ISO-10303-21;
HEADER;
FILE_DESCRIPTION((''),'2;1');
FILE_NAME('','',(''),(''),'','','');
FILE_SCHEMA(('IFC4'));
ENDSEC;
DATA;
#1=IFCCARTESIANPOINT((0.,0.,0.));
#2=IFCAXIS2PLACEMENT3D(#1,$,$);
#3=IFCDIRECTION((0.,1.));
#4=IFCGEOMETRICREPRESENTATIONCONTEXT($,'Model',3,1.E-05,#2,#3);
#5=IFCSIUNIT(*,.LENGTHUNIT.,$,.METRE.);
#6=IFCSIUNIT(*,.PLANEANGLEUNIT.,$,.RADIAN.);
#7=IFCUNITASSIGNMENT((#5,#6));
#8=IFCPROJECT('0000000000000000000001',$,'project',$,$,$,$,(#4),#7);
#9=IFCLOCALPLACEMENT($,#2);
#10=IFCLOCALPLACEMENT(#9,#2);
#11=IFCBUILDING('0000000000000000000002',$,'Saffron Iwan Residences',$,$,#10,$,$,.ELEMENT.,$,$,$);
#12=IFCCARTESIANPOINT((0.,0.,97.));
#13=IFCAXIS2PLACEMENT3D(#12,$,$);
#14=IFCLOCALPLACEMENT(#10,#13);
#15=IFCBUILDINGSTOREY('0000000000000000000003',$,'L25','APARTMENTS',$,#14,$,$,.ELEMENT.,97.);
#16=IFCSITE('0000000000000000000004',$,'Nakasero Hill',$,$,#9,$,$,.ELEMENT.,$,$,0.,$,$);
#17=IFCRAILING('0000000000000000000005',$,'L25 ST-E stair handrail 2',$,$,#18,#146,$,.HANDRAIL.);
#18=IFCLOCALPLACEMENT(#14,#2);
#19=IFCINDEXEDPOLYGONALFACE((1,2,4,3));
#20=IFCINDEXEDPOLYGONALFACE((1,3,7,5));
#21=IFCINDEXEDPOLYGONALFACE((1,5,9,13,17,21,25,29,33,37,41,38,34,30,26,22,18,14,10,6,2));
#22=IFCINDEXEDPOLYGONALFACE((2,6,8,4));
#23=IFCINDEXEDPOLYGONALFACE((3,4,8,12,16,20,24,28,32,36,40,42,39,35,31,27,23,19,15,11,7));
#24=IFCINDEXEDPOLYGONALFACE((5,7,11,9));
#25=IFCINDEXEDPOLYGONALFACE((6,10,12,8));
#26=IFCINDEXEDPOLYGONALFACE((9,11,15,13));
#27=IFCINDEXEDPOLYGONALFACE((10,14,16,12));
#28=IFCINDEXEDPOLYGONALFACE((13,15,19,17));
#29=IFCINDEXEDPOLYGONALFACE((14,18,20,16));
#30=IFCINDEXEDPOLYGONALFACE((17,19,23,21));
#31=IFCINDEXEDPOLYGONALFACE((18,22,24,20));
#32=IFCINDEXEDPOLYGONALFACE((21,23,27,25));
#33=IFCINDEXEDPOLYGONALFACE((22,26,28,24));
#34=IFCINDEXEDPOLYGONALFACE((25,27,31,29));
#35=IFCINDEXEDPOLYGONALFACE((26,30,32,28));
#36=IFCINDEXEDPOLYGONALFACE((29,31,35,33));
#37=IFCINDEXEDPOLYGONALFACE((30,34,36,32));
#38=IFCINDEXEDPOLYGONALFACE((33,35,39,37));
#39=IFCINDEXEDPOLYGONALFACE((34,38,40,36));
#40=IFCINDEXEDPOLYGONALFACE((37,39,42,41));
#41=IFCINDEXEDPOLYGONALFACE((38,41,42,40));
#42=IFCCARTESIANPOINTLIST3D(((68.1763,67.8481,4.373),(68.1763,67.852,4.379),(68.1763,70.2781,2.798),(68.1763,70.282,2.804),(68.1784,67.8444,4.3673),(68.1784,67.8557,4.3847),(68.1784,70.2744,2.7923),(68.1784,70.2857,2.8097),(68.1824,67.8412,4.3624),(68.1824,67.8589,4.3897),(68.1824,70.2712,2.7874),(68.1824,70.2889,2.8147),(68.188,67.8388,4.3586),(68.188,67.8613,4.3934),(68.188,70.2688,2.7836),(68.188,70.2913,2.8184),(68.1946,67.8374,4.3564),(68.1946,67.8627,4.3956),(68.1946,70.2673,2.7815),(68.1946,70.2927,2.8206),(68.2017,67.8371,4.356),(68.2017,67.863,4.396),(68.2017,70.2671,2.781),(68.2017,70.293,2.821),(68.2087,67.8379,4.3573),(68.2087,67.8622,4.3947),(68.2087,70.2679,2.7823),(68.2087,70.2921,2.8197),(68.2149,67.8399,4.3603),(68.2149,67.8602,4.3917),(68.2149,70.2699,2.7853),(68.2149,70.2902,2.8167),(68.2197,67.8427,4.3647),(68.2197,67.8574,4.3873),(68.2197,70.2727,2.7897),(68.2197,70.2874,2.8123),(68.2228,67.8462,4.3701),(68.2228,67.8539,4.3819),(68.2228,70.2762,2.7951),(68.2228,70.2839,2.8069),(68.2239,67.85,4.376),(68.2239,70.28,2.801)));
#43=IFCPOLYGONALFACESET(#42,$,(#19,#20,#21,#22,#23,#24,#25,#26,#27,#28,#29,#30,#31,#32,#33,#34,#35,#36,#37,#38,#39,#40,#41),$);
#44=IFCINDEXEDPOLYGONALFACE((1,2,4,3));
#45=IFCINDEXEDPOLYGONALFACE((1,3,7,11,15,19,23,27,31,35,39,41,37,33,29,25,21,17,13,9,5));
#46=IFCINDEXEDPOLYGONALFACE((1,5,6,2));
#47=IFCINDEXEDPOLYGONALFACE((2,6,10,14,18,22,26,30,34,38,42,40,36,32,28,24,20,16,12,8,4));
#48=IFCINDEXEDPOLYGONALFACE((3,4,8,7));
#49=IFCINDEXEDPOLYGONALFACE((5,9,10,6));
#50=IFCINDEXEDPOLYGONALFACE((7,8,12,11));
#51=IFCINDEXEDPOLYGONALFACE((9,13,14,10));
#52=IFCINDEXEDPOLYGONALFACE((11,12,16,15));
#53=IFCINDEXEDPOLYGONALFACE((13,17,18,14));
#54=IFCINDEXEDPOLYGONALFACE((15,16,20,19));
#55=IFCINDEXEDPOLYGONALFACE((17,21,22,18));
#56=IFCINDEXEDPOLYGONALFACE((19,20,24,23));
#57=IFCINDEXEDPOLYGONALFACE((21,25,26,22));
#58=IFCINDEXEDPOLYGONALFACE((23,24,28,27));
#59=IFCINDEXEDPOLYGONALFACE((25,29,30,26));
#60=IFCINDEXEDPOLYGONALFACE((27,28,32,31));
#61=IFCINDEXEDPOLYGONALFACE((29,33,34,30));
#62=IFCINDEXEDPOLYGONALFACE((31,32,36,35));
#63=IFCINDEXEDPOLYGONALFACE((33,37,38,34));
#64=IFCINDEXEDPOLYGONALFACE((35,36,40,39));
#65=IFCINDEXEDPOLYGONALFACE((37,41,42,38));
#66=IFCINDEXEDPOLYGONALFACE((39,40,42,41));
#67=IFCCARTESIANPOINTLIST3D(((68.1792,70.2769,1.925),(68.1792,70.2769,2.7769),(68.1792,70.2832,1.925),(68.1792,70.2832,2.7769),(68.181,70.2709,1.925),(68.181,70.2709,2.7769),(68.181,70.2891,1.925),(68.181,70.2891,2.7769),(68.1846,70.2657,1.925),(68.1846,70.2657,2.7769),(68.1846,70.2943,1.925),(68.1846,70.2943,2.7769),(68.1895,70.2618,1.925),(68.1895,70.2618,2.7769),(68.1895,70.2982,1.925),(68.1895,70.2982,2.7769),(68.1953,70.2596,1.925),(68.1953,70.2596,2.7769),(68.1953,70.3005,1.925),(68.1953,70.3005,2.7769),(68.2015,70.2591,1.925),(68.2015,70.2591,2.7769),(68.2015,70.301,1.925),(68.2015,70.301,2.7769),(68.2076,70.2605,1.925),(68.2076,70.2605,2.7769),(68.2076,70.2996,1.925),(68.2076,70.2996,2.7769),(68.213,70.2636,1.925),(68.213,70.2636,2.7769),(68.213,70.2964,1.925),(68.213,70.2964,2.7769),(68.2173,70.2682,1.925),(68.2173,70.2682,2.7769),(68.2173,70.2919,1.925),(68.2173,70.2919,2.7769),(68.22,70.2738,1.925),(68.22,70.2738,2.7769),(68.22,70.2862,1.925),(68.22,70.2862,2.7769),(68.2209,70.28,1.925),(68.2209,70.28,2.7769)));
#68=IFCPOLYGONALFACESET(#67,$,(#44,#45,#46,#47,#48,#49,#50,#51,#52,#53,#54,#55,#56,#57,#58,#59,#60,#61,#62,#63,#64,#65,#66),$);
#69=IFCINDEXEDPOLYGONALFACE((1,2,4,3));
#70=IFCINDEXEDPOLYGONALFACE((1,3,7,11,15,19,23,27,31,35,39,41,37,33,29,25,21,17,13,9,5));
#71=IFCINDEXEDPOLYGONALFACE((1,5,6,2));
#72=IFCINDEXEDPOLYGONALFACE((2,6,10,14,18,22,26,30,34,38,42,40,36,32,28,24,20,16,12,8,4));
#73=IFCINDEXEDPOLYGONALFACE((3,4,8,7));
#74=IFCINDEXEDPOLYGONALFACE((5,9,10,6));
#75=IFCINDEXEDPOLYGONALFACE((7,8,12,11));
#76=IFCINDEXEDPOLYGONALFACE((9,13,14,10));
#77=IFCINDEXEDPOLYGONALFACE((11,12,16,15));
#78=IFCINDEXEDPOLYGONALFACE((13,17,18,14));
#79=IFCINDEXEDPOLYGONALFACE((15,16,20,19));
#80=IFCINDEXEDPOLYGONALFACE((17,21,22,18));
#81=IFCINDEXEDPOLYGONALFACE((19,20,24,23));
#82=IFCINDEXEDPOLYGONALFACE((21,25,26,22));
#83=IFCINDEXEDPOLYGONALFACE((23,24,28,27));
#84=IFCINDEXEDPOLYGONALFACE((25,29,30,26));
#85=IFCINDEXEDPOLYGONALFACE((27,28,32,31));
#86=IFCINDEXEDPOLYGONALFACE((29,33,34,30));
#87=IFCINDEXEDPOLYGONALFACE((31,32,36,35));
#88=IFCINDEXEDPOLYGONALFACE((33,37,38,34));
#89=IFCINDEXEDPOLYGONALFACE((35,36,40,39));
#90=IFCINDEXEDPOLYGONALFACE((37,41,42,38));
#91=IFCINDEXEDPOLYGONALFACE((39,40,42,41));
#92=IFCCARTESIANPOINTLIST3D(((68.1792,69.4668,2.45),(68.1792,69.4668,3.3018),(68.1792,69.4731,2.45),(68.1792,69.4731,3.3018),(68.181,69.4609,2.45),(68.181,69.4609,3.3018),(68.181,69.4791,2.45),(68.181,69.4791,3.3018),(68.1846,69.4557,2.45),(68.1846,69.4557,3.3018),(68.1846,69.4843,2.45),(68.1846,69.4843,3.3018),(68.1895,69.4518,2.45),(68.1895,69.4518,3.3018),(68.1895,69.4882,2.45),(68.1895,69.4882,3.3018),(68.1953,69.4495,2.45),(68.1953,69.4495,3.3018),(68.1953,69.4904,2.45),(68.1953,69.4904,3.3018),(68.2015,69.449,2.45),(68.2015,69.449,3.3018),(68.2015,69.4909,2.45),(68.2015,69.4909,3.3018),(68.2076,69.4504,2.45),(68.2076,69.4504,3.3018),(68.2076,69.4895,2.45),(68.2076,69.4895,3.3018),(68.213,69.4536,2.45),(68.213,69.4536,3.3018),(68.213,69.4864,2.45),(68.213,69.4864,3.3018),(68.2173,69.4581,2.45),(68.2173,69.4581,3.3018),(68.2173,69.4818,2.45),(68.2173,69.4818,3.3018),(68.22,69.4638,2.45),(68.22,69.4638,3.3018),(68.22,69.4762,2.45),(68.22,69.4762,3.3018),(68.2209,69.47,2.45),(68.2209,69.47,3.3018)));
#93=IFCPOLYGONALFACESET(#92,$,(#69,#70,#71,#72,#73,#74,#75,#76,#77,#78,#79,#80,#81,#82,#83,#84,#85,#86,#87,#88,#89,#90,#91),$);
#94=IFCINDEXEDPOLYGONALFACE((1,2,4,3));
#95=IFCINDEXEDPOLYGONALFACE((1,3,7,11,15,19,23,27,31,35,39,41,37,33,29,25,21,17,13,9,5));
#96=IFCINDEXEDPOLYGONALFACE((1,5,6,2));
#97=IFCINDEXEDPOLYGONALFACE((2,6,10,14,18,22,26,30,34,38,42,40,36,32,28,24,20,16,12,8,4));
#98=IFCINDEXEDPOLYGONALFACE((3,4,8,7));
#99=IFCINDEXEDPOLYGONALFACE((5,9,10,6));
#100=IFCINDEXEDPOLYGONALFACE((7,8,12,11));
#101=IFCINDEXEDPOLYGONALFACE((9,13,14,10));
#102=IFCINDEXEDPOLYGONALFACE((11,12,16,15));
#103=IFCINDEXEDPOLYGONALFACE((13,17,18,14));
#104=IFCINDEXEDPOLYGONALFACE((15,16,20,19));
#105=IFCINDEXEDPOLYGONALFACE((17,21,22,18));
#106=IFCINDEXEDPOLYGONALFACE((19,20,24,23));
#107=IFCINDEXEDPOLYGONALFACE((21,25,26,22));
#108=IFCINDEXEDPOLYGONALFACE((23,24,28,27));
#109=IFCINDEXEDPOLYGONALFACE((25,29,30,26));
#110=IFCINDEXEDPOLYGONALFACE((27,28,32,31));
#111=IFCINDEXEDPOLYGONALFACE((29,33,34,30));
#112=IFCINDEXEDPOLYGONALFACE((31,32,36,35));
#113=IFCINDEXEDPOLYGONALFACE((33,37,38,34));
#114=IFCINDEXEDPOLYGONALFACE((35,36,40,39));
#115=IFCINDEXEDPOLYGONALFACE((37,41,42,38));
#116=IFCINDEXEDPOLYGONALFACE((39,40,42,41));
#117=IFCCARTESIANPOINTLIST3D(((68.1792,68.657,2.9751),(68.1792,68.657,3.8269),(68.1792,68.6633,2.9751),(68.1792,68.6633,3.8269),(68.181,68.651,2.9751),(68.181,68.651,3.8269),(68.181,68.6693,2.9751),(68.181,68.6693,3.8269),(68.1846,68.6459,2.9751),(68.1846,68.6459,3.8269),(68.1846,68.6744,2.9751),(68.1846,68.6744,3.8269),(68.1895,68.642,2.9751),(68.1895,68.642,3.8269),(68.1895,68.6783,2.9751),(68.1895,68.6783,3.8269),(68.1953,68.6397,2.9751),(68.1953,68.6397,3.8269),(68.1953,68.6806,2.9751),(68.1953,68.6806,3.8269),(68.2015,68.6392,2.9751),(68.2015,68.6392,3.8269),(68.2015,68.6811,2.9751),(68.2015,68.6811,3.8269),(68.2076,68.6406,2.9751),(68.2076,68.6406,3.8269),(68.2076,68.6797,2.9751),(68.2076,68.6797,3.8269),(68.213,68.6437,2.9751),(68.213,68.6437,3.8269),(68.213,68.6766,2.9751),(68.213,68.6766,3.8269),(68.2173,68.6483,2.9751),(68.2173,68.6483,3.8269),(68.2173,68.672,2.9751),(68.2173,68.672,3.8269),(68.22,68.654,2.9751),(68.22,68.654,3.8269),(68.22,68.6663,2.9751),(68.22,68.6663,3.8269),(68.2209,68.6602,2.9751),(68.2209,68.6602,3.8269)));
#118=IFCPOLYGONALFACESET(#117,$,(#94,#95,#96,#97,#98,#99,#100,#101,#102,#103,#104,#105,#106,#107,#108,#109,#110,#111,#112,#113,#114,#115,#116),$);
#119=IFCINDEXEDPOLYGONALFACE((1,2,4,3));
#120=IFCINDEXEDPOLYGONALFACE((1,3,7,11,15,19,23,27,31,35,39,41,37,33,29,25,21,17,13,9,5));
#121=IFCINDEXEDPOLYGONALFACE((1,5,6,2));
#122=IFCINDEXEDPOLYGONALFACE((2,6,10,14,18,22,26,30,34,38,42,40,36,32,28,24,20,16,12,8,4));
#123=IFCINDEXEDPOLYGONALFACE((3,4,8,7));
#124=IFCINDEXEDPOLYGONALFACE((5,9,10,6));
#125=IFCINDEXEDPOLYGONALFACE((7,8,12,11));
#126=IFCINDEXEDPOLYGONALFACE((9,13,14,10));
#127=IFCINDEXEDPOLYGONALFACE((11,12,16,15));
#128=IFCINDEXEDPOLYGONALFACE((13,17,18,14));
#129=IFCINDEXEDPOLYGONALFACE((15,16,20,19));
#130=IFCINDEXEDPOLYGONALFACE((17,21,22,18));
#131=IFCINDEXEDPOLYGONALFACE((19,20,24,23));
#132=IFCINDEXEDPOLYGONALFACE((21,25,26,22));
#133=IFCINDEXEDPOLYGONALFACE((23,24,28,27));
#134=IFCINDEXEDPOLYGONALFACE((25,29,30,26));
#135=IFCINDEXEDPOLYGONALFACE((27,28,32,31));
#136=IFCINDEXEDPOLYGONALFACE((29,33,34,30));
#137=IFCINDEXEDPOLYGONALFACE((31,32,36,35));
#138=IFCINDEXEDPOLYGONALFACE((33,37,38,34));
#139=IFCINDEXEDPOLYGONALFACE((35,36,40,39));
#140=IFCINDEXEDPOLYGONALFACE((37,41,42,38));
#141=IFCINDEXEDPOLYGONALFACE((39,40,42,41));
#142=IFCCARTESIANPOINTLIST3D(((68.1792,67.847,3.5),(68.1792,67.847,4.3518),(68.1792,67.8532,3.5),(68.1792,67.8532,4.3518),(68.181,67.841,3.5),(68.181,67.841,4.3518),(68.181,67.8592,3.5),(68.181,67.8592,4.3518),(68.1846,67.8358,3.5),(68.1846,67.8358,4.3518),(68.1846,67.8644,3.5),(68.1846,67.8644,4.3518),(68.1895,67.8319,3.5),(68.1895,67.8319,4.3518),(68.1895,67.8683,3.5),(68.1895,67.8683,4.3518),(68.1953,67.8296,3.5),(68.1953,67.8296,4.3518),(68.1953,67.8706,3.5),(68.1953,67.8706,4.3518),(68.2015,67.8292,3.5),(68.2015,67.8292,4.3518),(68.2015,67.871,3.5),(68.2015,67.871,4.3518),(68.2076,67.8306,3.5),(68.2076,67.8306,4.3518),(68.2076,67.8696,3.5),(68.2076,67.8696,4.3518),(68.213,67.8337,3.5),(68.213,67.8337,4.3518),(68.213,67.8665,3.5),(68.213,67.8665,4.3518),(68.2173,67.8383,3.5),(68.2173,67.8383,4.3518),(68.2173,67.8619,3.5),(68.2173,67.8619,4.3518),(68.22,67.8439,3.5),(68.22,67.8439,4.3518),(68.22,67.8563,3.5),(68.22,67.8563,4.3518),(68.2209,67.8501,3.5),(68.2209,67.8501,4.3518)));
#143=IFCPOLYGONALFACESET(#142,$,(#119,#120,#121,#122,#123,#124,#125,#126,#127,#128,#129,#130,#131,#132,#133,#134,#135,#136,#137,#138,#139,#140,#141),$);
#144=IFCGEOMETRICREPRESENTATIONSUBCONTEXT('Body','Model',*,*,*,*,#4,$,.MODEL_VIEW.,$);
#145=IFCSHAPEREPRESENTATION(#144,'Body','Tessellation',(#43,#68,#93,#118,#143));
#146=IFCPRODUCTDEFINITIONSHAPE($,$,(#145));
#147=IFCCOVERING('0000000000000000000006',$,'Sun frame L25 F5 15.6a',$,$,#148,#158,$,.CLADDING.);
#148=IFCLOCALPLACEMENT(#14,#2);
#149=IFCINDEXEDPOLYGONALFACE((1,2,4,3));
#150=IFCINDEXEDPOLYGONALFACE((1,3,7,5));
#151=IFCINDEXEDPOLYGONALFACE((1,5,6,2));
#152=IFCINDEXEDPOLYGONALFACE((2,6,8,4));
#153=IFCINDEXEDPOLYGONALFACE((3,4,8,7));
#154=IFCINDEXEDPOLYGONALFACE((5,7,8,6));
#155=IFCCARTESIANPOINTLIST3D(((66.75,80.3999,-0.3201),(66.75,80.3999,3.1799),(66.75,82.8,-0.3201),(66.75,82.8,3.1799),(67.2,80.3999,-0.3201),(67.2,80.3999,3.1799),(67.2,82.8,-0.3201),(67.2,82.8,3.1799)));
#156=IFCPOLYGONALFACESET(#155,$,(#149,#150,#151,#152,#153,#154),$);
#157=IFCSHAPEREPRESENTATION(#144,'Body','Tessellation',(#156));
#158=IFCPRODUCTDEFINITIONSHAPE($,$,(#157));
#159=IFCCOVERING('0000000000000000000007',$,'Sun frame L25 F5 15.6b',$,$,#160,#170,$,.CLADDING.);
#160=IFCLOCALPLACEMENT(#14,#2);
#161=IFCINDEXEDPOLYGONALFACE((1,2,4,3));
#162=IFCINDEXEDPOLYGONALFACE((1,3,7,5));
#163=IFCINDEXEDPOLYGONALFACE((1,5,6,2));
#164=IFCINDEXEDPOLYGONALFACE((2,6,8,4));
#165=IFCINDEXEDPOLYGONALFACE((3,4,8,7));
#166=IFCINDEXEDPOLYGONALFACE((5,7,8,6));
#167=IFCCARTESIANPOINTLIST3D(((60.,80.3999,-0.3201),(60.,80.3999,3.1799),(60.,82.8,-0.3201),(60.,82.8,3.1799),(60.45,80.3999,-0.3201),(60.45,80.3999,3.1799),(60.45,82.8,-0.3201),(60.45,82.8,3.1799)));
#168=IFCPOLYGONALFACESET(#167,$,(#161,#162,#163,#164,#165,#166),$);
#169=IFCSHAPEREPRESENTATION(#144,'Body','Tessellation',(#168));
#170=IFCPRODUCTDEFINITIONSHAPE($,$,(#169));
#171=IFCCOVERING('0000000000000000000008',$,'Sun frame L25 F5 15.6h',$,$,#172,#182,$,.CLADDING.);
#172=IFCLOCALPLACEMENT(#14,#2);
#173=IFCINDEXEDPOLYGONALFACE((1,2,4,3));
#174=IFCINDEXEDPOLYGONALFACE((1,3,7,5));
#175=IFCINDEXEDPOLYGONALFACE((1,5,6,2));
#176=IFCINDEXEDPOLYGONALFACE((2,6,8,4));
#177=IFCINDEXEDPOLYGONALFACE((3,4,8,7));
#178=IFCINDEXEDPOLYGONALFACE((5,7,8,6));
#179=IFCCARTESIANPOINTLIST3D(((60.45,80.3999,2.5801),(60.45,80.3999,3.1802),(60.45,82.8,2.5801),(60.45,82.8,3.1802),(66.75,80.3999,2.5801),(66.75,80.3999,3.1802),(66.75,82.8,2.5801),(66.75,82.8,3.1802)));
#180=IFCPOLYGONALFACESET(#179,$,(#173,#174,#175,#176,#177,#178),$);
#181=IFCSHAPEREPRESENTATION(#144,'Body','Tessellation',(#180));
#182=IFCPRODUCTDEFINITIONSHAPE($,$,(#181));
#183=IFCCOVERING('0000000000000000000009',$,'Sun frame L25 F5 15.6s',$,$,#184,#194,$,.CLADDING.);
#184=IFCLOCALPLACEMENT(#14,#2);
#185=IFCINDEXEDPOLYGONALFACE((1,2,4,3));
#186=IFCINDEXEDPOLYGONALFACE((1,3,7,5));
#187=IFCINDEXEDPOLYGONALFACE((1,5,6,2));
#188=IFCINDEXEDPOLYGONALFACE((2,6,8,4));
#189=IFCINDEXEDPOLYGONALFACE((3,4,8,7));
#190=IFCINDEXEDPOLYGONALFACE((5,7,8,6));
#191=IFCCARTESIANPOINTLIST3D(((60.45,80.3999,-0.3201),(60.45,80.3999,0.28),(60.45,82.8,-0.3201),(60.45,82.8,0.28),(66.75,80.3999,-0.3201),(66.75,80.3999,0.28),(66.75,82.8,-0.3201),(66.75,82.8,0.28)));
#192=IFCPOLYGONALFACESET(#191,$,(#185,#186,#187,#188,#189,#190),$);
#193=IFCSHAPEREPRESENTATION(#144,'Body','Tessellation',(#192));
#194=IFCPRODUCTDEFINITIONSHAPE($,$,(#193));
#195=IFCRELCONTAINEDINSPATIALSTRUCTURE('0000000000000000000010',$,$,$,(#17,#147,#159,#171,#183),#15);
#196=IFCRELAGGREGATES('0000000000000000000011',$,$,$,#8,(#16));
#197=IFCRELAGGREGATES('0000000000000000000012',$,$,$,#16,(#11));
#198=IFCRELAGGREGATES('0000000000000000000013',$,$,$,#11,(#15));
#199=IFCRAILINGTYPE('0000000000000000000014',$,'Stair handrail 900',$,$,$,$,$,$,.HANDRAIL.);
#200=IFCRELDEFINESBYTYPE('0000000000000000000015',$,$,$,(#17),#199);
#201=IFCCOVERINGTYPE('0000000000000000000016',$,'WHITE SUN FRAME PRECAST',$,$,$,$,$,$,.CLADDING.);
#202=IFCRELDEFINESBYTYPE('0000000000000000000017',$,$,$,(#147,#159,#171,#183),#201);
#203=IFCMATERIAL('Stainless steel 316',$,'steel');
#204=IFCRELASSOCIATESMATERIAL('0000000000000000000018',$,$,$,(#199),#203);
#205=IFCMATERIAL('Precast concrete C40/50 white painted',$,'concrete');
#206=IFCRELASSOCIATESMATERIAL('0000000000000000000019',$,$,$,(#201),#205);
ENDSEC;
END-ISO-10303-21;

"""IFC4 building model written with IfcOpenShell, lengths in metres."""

from ifc_helpers import new_model, si_unit, direction, frame, origin, origin_2d, place, context, subcontext, project, spatial, polyline, circle, outline, extrude, material, type_object, element, save


model = new_model("IFC4")

# Units and contexts
model_context = context("Model", 3, precision=1e-05, world=origin(), true_north=direction((0.0, 1.0)))
body_context = subcontext(model_context, "Body", "Model", "MODEL_VIEW")
ifc_project = project(units=[si_unit("LENGTHUNIT", "METRE"), si_unit("PLANEANGLEUNIT", "RADIAN")], contexts=[model_context])

# Site, building, storey
site_placement = place(None, origin())
site = spatial("IfcSite", under=ifc_project, at=site_placement, Name="Nakasero Hill", CompositionType="ELEMENT", RefElevation=0.0)
building_placement = place(site_placement, origin())
building = spatial("IfcBuilding", under=site, at=building_placement, Name="Saffron Iwan Residences", CompositionType="ELEMENT")
storey_placement = place(building_placement, frame((0.0, 0.0, 97.0)))
storey = spatial("IfcBuildingStorey", under=building, at=storey_placement, Name="L25", Description="APARTMENTS", CompositionType="ELEMENT", Elevation=97.0)

# Railing
ifc_material_1 = material(Name="Stainless steel 316", Category="steel")
railing_type_1 = type_object("IfcRailingType", Name="Stair handrail 900", PredefinedType="HANDRAIL", material=ifc_material_1)
railing_1_placement = place(storey_placement, frame((68.2, 70.28, 1.925)))
element("IfcRailing", 1, at=railing_1_placement, inside=storey, type_object=railing_type_1, Name="L25 ST-E stair handrail 2", PredefinedType="HANDRAIL", context=body_context, shape_type="SweptSolid", body=[
    extrude(circle(Radius=0.0239, at=origin_2d()), frame((0.0, 0.0, 0.876), z_axis=(0.0, -0.839154, 0.543894), x_axis=(1.0, 0.0, 0.0)), (0.0, 0.0, 1.0), 2.8958),
    extrude(circle(Radius=0.021, at=origin_2d()), origin(), (0.0, 0.0, 1.0), 0.8518),
    extrude(circle(Radius=0.021, at=origin_2d()), frame((0.0, -0.8101, 0.5249)), (0.0, 0.0, 1.0), 0.8518),
    extrude(circle(Radius=0.021, at=origin_2d()), frame((0.0, -1.6199, 1.05)), (0.0, 0.0, 1.0), 0.8518),
    extrude(circle(Radius=0.021, at=origin_2d()), frame((0.0, -2.4299, 1.575)), (0.0, 0.0, 1.0), 0.8518),
])

# Coverings
ifc_material_2 = material(Name="Precast concrete C40/50 white painted", Category="concrete")
covering_type_1 = type_object("IfcCoveringType", Name="WHITE SUN FRAME PRECAST", PredefinedType="CLADDING", material=ifc_material_2)
for number, where, z_axis, x_axis, name in (
    (2, (67.2, 80.3999, -0.3201), (0.0, 1.0, 0.0), (-1.0, 0.0, 0.0), "Sun frame L25 F5 15.6a"),
    (3, (60.45, 80.3999, -0.3201), (0.0, 1.0, 0.0), (-1.0, 0.0, 0.0), "Sun frame L25 F5 15.6b"),
):
    element("IfcCovering", number, at=place(storey_placement, frame(where, z_axis=z_axis, x_axis=x_axis)), inside=storey, type_object=covering_type_1, Name=name, PredefinedType="CLADDING", context=body_context, shape_type="SweptSolid", body=[
        extrude(outline(polyline([(0.0, 0.0), (0.45, 0.0), (0.45, 3.5), (0.0, 3.5), (0.0, 0.0)])), origin(), (0.0, 0.0, 1.0), 2.4001),
    ])
for number, where, z_axis, x_axis, name in (
    (4, (66.75, 80.3999, 2.5801), (0.0, 1.0, 0.0), (-1.0, 0.0, 0.0), "Sun frame L25 F5 15.6h"),
    (5, (66.75, 80.3999, -0.3201), (0.0, 1.0, 0.0), (-1.0, 0.0, 0.0), "Sun frame L25 F5 15.6s"),
):
    element("IfcCovering", number, at=place(storey_placement, frame(where, z_axis=z_axis, x_axis=x_axis)), inside=storey, type_object=covering_type_1, Name=name, PredefinedType="CLADDING", context=body_context, shape_type="SweptSolid", body=[
        extrude(outline(polyline([(0.0, 0.0), (6.3, 0.0), (6.3, 0.6001), (0.0, 0.6001), (0.0, 0.0)])), origin(), (0.0, 0.0, 1.0), 2.4001),
    ])

save(model, "model.ifc")
